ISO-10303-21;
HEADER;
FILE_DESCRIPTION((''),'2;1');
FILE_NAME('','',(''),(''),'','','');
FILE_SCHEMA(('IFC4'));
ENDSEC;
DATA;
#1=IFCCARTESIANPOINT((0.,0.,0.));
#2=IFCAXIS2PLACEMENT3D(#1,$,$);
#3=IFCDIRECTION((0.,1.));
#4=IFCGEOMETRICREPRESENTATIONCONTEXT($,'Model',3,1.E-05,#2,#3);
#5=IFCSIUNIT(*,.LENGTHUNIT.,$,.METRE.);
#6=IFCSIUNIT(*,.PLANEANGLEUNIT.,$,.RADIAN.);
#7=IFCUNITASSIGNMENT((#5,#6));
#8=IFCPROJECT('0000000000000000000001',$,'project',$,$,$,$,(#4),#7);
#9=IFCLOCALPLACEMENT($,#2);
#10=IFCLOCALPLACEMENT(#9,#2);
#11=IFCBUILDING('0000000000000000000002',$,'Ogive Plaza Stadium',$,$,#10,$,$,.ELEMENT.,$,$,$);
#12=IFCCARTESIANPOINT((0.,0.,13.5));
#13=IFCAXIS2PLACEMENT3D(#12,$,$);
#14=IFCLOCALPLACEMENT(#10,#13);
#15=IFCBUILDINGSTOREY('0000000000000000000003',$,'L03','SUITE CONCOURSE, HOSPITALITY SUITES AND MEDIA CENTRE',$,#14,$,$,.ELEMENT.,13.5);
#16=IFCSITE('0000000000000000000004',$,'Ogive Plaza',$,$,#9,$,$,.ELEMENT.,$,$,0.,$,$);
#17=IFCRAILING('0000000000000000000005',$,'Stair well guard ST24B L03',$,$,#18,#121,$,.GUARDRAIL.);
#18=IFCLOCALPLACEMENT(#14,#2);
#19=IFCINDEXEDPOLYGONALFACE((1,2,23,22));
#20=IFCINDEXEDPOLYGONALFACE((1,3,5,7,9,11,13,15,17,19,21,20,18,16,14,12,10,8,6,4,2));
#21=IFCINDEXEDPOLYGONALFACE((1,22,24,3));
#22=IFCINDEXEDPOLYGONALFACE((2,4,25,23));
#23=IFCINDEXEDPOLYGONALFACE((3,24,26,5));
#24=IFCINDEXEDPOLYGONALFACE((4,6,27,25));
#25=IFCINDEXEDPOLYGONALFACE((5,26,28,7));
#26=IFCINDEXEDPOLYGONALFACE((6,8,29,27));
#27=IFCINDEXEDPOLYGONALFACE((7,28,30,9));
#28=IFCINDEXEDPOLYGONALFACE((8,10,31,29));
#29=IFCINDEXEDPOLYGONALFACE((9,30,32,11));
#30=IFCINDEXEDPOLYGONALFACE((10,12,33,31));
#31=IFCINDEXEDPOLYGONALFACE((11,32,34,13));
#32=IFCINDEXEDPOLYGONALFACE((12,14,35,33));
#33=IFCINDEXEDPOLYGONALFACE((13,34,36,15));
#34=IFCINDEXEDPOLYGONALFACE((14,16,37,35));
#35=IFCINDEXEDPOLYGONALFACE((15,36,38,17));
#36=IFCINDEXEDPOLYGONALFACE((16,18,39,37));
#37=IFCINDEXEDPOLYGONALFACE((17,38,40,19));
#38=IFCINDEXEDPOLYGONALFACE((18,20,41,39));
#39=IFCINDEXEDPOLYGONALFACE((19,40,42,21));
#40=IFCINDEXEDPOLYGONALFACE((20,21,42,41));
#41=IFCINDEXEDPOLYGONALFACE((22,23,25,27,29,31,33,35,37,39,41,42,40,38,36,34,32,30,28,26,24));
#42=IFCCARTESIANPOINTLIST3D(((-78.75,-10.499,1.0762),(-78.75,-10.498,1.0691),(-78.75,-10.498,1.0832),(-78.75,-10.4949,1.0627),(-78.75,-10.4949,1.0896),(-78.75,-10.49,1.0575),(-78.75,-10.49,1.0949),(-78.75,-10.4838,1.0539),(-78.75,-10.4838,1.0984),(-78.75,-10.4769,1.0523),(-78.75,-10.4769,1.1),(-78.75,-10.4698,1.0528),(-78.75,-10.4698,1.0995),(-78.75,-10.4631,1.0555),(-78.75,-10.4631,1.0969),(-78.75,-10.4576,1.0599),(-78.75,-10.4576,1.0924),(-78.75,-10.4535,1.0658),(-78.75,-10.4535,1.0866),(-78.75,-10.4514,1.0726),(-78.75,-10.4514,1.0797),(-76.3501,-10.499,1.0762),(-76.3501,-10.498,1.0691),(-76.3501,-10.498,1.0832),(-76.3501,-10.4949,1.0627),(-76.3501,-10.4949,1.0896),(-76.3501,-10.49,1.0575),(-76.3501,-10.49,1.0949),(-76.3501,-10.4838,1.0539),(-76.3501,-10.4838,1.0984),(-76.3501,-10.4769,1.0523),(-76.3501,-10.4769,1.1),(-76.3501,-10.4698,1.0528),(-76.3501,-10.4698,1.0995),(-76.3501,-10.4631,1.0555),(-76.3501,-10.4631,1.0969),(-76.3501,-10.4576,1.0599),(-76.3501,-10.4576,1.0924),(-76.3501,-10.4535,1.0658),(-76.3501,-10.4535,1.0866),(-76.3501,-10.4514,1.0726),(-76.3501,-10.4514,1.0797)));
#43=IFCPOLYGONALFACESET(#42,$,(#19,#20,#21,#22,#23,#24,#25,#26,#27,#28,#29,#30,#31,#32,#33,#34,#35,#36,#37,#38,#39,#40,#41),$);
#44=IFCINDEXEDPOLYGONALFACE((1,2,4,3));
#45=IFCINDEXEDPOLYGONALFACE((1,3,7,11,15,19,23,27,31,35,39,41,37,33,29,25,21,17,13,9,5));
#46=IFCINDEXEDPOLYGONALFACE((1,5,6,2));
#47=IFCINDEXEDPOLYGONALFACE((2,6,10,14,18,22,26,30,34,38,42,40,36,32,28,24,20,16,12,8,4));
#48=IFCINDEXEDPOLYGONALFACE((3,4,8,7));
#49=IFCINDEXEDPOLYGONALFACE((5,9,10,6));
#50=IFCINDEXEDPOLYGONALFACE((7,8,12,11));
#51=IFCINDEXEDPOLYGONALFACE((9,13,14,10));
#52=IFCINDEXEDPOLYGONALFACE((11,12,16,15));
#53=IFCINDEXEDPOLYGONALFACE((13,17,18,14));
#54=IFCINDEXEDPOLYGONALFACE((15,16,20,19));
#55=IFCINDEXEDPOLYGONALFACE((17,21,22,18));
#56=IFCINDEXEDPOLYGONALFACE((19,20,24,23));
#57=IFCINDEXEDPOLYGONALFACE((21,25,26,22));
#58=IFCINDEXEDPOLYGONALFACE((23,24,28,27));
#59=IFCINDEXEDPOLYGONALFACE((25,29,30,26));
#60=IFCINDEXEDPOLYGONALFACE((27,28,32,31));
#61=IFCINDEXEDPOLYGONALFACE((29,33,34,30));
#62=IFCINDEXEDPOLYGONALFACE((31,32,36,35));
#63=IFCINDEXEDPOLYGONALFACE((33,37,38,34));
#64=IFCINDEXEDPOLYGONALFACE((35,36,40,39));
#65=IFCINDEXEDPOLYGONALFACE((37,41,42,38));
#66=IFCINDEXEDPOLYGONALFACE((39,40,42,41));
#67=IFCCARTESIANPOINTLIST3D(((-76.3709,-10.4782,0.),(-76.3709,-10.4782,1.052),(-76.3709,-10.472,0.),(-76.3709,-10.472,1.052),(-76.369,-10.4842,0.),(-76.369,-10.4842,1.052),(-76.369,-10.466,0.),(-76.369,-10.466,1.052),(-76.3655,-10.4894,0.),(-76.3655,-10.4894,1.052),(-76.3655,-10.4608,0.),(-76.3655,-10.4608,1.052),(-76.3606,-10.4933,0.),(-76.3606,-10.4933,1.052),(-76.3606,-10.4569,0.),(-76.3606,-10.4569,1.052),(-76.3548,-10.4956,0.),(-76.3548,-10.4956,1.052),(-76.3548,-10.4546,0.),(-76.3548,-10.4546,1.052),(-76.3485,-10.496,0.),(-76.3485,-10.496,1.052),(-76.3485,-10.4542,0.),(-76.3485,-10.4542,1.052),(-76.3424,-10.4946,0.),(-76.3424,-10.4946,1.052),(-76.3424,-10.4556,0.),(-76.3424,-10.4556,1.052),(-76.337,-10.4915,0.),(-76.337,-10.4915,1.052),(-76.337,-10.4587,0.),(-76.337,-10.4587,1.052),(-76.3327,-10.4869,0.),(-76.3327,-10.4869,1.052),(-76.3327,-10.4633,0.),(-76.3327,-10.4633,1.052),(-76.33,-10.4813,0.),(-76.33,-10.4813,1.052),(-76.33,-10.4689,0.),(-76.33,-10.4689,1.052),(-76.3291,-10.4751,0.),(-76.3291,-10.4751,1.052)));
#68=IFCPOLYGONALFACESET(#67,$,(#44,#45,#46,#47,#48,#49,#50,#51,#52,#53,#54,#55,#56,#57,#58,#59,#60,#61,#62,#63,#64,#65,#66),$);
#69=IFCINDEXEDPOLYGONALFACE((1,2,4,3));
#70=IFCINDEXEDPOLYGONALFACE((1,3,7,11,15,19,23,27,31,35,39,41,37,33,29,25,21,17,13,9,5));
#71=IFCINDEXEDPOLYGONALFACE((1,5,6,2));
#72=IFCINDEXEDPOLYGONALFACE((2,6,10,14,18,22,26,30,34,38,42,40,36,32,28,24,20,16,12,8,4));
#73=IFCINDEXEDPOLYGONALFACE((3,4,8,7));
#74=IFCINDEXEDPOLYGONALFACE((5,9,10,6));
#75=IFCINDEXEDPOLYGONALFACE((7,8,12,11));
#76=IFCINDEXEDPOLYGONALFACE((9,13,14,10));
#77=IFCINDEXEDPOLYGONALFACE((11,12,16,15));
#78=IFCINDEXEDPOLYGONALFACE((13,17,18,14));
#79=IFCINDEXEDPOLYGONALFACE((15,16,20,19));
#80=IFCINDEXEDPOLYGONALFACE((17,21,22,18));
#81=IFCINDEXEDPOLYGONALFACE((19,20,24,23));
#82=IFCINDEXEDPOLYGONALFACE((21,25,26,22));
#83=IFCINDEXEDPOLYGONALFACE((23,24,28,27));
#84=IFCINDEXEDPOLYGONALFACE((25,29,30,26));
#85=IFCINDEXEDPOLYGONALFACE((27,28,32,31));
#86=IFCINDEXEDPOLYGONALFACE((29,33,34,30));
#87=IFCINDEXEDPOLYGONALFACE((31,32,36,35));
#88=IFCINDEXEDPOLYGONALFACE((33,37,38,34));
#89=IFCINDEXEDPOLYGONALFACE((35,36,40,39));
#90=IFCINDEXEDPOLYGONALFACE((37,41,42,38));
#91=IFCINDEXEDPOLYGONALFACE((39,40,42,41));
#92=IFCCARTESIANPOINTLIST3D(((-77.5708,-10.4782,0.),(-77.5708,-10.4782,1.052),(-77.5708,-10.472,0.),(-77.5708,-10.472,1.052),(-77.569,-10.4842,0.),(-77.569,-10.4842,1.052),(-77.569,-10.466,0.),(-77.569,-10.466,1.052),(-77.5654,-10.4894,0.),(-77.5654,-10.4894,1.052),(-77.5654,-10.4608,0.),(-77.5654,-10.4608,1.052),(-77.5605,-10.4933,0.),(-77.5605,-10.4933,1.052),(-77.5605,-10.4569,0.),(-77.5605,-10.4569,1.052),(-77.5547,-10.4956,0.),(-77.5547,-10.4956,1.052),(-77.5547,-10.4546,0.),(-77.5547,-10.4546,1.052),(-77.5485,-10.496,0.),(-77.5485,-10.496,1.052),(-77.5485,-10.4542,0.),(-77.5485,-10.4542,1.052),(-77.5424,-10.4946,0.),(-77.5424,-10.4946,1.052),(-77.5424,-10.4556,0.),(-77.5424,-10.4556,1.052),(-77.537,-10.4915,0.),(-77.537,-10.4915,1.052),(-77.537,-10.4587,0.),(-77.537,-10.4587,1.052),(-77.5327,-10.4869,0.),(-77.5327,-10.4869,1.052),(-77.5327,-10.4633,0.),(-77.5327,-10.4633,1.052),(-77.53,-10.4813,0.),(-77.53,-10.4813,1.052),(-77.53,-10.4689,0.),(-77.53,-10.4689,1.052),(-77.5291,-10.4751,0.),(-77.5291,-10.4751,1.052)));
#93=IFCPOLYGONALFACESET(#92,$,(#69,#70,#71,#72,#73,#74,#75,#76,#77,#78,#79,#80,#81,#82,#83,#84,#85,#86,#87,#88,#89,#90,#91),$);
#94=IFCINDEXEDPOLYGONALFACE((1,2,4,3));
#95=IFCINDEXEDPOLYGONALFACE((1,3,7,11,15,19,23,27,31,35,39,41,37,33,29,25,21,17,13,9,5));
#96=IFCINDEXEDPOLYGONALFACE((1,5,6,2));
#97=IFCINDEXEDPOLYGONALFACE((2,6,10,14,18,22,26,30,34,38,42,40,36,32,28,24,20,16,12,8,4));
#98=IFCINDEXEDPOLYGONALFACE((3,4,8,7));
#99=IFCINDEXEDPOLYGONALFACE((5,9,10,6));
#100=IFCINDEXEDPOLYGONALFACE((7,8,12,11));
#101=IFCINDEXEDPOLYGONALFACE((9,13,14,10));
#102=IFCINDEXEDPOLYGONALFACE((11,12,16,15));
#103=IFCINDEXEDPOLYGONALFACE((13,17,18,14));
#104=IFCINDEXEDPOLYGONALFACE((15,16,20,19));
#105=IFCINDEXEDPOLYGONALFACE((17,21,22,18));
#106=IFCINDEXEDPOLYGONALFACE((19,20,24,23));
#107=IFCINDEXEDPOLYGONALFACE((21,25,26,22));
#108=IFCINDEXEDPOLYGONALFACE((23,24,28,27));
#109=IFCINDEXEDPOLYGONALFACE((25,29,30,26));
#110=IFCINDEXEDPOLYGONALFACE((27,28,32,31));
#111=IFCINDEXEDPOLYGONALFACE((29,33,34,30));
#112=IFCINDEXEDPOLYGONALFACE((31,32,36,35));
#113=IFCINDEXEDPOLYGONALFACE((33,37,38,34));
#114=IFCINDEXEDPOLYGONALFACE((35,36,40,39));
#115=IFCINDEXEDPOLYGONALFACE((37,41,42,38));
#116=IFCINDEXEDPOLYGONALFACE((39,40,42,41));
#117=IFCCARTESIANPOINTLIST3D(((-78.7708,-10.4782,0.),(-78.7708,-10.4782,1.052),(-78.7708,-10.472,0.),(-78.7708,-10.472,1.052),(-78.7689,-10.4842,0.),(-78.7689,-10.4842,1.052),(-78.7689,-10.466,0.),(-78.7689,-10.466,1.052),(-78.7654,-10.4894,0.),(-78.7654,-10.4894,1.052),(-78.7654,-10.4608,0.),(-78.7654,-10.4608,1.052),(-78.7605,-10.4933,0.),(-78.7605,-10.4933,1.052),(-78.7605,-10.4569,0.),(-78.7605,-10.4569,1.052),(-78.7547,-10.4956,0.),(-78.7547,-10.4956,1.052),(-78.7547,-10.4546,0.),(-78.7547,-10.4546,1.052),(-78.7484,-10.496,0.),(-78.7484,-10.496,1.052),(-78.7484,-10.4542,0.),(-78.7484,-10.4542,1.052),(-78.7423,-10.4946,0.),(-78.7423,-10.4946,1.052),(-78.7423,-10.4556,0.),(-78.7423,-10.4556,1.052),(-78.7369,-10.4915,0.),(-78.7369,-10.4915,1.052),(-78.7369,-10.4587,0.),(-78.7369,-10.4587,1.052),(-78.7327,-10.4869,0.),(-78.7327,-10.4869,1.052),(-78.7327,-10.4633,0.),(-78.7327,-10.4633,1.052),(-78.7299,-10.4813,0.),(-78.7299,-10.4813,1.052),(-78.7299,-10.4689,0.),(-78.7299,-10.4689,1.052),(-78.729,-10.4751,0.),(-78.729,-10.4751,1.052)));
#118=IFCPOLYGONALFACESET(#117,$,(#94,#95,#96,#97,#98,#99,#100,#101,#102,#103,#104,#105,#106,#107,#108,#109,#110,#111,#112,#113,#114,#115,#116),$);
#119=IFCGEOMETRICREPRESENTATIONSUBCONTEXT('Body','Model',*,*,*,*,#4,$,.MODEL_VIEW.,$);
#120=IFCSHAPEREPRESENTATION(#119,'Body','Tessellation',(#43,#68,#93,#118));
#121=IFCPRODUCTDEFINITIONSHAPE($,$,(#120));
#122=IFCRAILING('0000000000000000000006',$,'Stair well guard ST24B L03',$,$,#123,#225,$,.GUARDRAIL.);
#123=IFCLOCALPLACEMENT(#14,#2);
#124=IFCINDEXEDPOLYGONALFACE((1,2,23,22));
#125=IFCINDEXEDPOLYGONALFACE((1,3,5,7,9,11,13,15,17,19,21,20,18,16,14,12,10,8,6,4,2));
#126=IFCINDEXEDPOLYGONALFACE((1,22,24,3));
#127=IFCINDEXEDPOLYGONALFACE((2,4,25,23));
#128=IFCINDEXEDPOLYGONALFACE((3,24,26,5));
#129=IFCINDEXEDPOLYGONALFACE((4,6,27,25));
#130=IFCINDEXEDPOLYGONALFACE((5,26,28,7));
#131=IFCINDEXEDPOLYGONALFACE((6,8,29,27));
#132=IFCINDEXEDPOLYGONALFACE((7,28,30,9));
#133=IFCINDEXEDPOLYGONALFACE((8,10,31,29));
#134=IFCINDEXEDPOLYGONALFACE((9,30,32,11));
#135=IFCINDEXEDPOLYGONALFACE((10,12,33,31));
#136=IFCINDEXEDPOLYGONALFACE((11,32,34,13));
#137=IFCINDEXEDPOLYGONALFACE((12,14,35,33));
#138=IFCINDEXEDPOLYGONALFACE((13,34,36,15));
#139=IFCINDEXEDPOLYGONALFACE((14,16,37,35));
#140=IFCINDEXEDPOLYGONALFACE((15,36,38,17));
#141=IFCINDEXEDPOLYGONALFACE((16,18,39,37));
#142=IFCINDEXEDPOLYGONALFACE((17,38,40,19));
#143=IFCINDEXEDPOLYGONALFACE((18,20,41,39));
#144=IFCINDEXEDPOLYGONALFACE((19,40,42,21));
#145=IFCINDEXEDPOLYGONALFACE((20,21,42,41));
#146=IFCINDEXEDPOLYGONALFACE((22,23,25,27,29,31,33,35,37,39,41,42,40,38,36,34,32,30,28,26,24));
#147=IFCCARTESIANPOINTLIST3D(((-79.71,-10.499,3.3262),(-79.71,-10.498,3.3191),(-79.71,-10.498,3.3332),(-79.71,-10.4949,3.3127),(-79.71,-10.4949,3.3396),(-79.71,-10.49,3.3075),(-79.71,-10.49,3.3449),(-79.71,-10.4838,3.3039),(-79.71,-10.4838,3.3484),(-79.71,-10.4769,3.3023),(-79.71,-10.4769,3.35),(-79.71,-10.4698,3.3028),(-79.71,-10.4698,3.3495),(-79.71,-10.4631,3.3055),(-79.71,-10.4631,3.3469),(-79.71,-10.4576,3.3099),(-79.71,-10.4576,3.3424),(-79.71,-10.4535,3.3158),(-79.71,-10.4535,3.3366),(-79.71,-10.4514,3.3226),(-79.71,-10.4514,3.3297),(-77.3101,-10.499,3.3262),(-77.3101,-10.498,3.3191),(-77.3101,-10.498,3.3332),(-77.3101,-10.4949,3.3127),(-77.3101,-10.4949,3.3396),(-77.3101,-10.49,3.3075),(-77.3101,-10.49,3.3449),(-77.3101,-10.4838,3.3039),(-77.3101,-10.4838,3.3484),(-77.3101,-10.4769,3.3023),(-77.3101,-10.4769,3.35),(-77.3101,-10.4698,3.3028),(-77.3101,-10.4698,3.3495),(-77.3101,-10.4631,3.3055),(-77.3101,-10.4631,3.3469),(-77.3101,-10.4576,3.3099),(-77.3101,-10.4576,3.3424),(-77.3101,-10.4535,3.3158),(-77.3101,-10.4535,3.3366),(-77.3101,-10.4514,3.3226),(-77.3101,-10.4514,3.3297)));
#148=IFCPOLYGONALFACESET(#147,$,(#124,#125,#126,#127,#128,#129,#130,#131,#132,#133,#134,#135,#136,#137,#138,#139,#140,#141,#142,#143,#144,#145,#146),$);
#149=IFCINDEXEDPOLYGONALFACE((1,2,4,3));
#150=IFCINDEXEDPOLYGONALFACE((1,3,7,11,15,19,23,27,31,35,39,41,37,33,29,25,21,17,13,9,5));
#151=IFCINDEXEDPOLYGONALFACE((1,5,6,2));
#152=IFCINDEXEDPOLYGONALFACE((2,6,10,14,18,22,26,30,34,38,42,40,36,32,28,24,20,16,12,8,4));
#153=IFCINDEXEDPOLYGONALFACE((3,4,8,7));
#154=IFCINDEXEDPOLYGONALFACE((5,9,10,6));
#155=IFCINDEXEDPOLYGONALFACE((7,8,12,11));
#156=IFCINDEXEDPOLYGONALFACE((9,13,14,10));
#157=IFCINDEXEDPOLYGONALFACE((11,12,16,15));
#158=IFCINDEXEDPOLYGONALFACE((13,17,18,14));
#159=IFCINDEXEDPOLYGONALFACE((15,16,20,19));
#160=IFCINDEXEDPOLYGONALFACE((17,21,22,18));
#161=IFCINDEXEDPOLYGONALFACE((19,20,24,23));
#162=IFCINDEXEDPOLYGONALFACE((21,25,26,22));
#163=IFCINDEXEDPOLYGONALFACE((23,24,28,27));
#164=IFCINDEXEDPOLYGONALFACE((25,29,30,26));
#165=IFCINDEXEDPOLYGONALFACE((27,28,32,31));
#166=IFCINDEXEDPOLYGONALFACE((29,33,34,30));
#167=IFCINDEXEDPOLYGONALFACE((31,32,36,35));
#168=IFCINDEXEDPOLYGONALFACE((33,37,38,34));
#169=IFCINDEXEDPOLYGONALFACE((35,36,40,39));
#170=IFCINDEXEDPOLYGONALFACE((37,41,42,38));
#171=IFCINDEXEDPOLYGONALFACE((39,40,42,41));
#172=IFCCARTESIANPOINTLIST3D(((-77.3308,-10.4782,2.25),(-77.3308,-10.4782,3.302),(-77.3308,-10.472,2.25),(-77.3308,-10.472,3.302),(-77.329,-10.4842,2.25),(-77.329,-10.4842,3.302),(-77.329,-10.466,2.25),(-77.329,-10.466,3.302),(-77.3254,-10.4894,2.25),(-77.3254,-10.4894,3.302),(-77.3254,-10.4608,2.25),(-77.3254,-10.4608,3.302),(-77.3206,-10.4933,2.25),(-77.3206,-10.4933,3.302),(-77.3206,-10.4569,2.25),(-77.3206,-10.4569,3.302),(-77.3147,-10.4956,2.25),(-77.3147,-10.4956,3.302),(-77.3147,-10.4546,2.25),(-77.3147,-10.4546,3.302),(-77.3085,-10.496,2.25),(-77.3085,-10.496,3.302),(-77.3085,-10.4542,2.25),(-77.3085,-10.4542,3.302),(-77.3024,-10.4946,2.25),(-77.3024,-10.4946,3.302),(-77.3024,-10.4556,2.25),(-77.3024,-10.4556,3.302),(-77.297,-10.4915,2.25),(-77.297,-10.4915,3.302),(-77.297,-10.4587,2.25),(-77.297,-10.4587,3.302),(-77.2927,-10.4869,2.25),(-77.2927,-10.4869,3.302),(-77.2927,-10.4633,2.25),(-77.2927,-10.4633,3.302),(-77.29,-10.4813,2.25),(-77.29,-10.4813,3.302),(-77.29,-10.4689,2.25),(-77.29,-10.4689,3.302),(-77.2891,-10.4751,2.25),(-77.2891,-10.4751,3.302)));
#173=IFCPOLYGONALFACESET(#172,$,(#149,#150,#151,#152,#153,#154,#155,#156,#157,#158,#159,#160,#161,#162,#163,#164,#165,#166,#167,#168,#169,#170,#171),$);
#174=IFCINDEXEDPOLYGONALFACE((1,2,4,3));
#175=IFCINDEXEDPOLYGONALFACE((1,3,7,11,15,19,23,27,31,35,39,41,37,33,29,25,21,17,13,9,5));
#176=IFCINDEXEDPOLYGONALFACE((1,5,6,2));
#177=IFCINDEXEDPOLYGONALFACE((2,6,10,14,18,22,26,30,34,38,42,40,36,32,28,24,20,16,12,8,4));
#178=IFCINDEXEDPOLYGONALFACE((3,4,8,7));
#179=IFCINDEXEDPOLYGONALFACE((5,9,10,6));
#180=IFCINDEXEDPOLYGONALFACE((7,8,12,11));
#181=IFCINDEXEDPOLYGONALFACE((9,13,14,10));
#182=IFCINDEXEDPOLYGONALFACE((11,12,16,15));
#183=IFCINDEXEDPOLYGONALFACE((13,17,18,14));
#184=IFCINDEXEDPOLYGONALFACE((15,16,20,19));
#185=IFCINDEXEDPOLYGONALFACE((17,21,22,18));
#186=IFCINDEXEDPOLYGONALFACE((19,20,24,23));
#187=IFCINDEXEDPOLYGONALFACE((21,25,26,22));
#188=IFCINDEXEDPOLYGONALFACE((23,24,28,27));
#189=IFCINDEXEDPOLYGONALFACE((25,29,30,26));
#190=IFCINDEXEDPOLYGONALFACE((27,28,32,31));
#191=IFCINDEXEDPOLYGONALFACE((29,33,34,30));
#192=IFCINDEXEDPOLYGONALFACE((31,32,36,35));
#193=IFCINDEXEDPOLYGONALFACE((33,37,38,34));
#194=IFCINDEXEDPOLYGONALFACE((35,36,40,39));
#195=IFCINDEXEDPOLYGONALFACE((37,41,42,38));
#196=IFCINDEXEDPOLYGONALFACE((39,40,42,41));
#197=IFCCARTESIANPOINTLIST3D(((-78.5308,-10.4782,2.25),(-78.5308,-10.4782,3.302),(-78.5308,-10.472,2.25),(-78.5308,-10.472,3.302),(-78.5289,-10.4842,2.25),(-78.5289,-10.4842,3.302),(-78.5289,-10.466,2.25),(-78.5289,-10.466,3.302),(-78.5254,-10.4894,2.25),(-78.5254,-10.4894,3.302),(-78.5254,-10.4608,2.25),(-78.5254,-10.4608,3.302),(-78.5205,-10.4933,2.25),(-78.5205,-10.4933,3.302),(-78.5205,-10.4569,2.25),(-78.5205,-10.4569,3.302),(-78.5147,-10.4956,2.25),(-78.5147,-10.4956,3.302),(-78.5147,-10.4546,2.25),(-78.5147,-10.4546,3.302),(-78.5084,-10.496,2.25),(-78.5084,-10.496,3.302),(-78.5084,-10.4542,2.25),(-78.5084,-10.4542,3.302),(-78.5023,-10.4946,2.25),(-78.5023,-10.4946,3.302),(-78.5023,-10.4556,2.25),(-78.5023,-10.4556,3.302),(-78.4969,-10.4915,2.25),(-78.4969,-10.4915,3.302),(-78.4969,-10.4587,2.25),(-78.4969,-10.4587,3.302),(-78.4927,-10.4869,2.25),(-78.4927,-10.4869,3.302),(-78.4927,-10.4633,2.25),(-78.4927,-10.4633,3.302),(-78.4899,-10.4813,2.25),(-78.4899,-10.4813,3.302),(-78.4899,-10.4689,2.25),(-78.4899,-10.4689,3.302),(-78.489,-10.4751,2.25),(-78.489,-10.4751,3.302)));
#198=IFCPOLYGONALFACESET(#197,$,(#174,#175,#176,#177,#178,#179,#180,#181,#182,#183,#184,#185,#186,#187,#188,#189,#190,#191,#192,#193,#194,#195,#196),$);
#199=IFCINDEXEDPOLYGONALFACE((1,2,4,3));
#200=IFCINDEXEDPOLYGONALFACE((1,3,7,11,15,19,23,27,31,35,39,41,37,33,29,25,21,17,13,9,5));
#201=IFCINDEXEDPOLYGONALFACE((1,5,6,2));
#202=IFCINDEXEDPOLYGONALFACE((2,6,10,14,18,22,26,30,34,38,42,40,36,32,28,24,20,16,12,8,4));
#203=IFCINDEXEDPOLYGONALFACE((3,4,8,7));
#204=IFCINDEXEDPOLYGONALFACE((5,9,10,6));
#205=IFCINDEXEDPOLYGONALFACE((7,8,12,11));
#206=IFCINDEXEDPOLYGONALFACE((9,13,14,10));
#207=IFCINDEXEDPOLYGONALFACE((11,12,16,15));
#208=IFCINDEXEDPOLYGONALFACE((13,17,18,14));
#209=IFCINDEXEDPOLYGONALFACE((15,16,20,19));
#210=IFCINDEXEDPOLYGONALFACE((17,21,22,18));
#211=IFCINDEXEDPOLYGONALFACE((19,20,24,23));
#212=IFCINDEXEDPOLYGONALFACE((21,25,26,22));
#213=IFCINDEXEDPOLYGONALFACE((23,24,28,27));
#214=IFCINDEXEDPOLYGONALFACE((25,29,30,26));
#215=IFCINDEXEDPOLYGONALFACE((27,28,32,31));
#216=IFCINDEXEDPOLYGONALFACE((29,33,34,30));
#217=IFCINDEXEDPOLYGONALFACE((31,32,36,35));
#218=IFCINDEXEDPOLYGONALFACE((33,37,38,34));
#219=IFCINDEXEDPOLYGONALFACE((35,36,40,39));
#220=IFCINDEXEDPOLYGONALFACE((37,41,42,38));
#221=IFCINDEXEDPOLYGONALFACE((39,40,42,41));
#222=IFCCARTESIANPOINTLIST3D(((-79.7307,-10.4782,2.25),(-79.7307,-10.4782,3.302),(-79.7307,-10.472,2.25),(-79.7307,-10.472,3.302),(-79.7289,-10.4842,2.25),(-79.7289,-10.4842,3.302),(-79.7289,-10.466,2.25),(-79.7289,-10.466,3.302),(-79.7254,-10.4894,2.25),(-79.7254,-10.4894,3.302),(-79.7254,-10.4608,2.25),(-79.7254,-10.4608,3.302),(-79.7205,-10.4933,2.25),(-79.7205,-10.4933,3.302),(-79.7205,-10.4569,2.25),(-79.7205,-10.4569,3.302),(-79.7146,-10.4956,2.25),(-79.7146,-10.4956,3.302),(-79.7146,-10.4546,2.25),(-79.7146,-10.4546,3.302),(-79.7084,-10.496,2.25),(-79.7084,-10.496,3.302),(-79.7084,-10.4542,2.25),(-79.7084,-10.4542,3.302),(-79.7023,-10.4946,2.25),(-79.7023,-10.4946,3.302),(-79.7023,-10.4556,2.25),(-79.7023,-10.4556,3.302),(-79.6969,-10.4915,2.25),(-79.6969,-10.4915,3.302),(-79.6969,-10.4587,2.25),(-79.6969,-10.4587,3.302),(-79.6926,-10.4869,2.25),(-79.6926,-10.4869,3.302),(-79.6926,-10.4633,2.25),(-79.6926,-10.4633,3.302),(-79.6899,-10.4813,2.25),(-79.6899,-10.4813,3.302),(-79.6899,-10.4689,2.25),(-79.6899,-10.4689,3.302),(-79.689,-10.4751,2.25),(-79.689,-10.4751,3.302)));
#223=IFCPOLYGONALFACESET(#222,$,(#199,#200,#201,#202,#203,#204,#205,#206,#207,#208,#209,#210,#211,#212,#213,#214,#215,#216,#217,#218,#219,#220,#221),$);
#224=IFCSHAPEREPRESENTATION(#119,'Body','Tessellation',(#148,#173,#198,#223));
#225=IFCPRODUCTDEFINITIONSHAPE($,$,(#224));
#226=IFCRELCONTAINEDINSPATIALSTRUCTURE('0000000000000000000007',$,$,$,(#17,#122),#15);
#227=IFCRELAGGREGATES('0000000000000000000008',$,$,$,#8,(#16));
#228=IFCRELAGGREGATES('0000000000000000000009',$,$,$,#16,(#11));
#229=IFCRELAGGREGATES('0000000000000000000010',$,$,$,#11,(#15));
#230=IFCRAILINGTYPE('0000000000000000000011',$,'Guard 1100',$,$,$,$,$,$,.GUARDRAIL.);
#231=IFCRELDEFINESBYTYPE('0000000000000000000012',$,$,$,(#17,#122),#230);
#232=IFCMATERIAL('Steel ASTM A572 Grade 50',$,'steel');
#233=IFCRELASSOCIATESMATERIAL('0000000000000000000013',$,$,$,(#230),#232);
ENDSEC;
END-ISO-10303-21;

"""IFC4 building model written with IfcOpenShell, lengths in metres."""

from ifc_helpers import new_model, si_unit, direction, frame, origin, origin_2d, place, context, subcontext, project, spatial, circle, extrude, material, type_object, element, save


model = new_model("IFC4")

# Units and contexts
model_context = context("Model", 3, precision=1e-05, world=origin(), true_north=direction((0.0, 1.0)))
body_context = subcontext(model_context, "Body", "Model", "MODEL_VIEW")
ifc_project = project(units=[si_unit("LENGTHUNIT", "METRE"), si_unit("PLANEANGLEUNIT", "RADIAN")], contexts=[model_context])

# Site, building, storey
site_placement = place(None, origin())
site = spatial("IfcSite", under=ifc_project, at=site_placement, Name="Ogive Plaza", CompositionType="ELEMENT", RefElevation=0.0)
building_placement = place(site_placement, origin())
building = spatial("IfcBuilding", under=site, at=building_placement, Name="Ogive Plaza Stadium", CompositionType="ELEMENT")
storey_placement = place(building_placement, frame((0.0, 0.0, 13.5)))
storey = spatial("IfcBuildingStorey", under=building, at=storey_placement, Name="L03", Description="SUITE CONCOURSE, HOSPITALITY SUITES AND MEDIA CENTRE", CompositionType="ELEMENT", Elevation=13.5)

# Railings
ifc_material_1 = material(Name="Steel ASTM A572 Grade 50", Category="steel")
railing_type_1 = type_object("IfcRailingType", Name="Guard 1100", PredefinedType="GUARDRAIL", material=ifc_material_1)
for number, where, name in (
    (1, (-76.3501, -10.4751, 0.0), "Stair well guard ST24B L03"),
    (2, (-77.3101, -10.4751, 2.25), "Stair well guard ST24B L03"),
):
    element("IfcRailing", number, at=place(storey_placement, frame(where)), inside=storey, type_object=railing_type_1, Name=name, PredefinedType="GUARDRAIL", context=body_context, shape_type="SweptSolid", body=[
        extrude(circle(Radius=0.0239, at=origin_2d()), frame((0.0, 0.0, 1.0762), z_axis=(-1.0, 0.0, 0.0), x_axis=(0.0, -1.0, 0.0)), (0.0, 0.0, 1.0), 2.3999),
        extrude(circle(Radius=0.021, at=origin_2d()), origin(), (0.0, 0.0, 1.0), 1.052),
        extrude(circle(Radius=0.021, at=origin_2d()), frame((-1.2, 0.0, 0.0)), (0.0, 0.0, 1.0), 1.052),
        extrude(circle(Radius=0.021, at=origin_2d()), frame((-2.3999, 0.0, 0.0)), (0.0, 0.0, 1.0), 1.052),
    ])

save(model, "model.ifc")
